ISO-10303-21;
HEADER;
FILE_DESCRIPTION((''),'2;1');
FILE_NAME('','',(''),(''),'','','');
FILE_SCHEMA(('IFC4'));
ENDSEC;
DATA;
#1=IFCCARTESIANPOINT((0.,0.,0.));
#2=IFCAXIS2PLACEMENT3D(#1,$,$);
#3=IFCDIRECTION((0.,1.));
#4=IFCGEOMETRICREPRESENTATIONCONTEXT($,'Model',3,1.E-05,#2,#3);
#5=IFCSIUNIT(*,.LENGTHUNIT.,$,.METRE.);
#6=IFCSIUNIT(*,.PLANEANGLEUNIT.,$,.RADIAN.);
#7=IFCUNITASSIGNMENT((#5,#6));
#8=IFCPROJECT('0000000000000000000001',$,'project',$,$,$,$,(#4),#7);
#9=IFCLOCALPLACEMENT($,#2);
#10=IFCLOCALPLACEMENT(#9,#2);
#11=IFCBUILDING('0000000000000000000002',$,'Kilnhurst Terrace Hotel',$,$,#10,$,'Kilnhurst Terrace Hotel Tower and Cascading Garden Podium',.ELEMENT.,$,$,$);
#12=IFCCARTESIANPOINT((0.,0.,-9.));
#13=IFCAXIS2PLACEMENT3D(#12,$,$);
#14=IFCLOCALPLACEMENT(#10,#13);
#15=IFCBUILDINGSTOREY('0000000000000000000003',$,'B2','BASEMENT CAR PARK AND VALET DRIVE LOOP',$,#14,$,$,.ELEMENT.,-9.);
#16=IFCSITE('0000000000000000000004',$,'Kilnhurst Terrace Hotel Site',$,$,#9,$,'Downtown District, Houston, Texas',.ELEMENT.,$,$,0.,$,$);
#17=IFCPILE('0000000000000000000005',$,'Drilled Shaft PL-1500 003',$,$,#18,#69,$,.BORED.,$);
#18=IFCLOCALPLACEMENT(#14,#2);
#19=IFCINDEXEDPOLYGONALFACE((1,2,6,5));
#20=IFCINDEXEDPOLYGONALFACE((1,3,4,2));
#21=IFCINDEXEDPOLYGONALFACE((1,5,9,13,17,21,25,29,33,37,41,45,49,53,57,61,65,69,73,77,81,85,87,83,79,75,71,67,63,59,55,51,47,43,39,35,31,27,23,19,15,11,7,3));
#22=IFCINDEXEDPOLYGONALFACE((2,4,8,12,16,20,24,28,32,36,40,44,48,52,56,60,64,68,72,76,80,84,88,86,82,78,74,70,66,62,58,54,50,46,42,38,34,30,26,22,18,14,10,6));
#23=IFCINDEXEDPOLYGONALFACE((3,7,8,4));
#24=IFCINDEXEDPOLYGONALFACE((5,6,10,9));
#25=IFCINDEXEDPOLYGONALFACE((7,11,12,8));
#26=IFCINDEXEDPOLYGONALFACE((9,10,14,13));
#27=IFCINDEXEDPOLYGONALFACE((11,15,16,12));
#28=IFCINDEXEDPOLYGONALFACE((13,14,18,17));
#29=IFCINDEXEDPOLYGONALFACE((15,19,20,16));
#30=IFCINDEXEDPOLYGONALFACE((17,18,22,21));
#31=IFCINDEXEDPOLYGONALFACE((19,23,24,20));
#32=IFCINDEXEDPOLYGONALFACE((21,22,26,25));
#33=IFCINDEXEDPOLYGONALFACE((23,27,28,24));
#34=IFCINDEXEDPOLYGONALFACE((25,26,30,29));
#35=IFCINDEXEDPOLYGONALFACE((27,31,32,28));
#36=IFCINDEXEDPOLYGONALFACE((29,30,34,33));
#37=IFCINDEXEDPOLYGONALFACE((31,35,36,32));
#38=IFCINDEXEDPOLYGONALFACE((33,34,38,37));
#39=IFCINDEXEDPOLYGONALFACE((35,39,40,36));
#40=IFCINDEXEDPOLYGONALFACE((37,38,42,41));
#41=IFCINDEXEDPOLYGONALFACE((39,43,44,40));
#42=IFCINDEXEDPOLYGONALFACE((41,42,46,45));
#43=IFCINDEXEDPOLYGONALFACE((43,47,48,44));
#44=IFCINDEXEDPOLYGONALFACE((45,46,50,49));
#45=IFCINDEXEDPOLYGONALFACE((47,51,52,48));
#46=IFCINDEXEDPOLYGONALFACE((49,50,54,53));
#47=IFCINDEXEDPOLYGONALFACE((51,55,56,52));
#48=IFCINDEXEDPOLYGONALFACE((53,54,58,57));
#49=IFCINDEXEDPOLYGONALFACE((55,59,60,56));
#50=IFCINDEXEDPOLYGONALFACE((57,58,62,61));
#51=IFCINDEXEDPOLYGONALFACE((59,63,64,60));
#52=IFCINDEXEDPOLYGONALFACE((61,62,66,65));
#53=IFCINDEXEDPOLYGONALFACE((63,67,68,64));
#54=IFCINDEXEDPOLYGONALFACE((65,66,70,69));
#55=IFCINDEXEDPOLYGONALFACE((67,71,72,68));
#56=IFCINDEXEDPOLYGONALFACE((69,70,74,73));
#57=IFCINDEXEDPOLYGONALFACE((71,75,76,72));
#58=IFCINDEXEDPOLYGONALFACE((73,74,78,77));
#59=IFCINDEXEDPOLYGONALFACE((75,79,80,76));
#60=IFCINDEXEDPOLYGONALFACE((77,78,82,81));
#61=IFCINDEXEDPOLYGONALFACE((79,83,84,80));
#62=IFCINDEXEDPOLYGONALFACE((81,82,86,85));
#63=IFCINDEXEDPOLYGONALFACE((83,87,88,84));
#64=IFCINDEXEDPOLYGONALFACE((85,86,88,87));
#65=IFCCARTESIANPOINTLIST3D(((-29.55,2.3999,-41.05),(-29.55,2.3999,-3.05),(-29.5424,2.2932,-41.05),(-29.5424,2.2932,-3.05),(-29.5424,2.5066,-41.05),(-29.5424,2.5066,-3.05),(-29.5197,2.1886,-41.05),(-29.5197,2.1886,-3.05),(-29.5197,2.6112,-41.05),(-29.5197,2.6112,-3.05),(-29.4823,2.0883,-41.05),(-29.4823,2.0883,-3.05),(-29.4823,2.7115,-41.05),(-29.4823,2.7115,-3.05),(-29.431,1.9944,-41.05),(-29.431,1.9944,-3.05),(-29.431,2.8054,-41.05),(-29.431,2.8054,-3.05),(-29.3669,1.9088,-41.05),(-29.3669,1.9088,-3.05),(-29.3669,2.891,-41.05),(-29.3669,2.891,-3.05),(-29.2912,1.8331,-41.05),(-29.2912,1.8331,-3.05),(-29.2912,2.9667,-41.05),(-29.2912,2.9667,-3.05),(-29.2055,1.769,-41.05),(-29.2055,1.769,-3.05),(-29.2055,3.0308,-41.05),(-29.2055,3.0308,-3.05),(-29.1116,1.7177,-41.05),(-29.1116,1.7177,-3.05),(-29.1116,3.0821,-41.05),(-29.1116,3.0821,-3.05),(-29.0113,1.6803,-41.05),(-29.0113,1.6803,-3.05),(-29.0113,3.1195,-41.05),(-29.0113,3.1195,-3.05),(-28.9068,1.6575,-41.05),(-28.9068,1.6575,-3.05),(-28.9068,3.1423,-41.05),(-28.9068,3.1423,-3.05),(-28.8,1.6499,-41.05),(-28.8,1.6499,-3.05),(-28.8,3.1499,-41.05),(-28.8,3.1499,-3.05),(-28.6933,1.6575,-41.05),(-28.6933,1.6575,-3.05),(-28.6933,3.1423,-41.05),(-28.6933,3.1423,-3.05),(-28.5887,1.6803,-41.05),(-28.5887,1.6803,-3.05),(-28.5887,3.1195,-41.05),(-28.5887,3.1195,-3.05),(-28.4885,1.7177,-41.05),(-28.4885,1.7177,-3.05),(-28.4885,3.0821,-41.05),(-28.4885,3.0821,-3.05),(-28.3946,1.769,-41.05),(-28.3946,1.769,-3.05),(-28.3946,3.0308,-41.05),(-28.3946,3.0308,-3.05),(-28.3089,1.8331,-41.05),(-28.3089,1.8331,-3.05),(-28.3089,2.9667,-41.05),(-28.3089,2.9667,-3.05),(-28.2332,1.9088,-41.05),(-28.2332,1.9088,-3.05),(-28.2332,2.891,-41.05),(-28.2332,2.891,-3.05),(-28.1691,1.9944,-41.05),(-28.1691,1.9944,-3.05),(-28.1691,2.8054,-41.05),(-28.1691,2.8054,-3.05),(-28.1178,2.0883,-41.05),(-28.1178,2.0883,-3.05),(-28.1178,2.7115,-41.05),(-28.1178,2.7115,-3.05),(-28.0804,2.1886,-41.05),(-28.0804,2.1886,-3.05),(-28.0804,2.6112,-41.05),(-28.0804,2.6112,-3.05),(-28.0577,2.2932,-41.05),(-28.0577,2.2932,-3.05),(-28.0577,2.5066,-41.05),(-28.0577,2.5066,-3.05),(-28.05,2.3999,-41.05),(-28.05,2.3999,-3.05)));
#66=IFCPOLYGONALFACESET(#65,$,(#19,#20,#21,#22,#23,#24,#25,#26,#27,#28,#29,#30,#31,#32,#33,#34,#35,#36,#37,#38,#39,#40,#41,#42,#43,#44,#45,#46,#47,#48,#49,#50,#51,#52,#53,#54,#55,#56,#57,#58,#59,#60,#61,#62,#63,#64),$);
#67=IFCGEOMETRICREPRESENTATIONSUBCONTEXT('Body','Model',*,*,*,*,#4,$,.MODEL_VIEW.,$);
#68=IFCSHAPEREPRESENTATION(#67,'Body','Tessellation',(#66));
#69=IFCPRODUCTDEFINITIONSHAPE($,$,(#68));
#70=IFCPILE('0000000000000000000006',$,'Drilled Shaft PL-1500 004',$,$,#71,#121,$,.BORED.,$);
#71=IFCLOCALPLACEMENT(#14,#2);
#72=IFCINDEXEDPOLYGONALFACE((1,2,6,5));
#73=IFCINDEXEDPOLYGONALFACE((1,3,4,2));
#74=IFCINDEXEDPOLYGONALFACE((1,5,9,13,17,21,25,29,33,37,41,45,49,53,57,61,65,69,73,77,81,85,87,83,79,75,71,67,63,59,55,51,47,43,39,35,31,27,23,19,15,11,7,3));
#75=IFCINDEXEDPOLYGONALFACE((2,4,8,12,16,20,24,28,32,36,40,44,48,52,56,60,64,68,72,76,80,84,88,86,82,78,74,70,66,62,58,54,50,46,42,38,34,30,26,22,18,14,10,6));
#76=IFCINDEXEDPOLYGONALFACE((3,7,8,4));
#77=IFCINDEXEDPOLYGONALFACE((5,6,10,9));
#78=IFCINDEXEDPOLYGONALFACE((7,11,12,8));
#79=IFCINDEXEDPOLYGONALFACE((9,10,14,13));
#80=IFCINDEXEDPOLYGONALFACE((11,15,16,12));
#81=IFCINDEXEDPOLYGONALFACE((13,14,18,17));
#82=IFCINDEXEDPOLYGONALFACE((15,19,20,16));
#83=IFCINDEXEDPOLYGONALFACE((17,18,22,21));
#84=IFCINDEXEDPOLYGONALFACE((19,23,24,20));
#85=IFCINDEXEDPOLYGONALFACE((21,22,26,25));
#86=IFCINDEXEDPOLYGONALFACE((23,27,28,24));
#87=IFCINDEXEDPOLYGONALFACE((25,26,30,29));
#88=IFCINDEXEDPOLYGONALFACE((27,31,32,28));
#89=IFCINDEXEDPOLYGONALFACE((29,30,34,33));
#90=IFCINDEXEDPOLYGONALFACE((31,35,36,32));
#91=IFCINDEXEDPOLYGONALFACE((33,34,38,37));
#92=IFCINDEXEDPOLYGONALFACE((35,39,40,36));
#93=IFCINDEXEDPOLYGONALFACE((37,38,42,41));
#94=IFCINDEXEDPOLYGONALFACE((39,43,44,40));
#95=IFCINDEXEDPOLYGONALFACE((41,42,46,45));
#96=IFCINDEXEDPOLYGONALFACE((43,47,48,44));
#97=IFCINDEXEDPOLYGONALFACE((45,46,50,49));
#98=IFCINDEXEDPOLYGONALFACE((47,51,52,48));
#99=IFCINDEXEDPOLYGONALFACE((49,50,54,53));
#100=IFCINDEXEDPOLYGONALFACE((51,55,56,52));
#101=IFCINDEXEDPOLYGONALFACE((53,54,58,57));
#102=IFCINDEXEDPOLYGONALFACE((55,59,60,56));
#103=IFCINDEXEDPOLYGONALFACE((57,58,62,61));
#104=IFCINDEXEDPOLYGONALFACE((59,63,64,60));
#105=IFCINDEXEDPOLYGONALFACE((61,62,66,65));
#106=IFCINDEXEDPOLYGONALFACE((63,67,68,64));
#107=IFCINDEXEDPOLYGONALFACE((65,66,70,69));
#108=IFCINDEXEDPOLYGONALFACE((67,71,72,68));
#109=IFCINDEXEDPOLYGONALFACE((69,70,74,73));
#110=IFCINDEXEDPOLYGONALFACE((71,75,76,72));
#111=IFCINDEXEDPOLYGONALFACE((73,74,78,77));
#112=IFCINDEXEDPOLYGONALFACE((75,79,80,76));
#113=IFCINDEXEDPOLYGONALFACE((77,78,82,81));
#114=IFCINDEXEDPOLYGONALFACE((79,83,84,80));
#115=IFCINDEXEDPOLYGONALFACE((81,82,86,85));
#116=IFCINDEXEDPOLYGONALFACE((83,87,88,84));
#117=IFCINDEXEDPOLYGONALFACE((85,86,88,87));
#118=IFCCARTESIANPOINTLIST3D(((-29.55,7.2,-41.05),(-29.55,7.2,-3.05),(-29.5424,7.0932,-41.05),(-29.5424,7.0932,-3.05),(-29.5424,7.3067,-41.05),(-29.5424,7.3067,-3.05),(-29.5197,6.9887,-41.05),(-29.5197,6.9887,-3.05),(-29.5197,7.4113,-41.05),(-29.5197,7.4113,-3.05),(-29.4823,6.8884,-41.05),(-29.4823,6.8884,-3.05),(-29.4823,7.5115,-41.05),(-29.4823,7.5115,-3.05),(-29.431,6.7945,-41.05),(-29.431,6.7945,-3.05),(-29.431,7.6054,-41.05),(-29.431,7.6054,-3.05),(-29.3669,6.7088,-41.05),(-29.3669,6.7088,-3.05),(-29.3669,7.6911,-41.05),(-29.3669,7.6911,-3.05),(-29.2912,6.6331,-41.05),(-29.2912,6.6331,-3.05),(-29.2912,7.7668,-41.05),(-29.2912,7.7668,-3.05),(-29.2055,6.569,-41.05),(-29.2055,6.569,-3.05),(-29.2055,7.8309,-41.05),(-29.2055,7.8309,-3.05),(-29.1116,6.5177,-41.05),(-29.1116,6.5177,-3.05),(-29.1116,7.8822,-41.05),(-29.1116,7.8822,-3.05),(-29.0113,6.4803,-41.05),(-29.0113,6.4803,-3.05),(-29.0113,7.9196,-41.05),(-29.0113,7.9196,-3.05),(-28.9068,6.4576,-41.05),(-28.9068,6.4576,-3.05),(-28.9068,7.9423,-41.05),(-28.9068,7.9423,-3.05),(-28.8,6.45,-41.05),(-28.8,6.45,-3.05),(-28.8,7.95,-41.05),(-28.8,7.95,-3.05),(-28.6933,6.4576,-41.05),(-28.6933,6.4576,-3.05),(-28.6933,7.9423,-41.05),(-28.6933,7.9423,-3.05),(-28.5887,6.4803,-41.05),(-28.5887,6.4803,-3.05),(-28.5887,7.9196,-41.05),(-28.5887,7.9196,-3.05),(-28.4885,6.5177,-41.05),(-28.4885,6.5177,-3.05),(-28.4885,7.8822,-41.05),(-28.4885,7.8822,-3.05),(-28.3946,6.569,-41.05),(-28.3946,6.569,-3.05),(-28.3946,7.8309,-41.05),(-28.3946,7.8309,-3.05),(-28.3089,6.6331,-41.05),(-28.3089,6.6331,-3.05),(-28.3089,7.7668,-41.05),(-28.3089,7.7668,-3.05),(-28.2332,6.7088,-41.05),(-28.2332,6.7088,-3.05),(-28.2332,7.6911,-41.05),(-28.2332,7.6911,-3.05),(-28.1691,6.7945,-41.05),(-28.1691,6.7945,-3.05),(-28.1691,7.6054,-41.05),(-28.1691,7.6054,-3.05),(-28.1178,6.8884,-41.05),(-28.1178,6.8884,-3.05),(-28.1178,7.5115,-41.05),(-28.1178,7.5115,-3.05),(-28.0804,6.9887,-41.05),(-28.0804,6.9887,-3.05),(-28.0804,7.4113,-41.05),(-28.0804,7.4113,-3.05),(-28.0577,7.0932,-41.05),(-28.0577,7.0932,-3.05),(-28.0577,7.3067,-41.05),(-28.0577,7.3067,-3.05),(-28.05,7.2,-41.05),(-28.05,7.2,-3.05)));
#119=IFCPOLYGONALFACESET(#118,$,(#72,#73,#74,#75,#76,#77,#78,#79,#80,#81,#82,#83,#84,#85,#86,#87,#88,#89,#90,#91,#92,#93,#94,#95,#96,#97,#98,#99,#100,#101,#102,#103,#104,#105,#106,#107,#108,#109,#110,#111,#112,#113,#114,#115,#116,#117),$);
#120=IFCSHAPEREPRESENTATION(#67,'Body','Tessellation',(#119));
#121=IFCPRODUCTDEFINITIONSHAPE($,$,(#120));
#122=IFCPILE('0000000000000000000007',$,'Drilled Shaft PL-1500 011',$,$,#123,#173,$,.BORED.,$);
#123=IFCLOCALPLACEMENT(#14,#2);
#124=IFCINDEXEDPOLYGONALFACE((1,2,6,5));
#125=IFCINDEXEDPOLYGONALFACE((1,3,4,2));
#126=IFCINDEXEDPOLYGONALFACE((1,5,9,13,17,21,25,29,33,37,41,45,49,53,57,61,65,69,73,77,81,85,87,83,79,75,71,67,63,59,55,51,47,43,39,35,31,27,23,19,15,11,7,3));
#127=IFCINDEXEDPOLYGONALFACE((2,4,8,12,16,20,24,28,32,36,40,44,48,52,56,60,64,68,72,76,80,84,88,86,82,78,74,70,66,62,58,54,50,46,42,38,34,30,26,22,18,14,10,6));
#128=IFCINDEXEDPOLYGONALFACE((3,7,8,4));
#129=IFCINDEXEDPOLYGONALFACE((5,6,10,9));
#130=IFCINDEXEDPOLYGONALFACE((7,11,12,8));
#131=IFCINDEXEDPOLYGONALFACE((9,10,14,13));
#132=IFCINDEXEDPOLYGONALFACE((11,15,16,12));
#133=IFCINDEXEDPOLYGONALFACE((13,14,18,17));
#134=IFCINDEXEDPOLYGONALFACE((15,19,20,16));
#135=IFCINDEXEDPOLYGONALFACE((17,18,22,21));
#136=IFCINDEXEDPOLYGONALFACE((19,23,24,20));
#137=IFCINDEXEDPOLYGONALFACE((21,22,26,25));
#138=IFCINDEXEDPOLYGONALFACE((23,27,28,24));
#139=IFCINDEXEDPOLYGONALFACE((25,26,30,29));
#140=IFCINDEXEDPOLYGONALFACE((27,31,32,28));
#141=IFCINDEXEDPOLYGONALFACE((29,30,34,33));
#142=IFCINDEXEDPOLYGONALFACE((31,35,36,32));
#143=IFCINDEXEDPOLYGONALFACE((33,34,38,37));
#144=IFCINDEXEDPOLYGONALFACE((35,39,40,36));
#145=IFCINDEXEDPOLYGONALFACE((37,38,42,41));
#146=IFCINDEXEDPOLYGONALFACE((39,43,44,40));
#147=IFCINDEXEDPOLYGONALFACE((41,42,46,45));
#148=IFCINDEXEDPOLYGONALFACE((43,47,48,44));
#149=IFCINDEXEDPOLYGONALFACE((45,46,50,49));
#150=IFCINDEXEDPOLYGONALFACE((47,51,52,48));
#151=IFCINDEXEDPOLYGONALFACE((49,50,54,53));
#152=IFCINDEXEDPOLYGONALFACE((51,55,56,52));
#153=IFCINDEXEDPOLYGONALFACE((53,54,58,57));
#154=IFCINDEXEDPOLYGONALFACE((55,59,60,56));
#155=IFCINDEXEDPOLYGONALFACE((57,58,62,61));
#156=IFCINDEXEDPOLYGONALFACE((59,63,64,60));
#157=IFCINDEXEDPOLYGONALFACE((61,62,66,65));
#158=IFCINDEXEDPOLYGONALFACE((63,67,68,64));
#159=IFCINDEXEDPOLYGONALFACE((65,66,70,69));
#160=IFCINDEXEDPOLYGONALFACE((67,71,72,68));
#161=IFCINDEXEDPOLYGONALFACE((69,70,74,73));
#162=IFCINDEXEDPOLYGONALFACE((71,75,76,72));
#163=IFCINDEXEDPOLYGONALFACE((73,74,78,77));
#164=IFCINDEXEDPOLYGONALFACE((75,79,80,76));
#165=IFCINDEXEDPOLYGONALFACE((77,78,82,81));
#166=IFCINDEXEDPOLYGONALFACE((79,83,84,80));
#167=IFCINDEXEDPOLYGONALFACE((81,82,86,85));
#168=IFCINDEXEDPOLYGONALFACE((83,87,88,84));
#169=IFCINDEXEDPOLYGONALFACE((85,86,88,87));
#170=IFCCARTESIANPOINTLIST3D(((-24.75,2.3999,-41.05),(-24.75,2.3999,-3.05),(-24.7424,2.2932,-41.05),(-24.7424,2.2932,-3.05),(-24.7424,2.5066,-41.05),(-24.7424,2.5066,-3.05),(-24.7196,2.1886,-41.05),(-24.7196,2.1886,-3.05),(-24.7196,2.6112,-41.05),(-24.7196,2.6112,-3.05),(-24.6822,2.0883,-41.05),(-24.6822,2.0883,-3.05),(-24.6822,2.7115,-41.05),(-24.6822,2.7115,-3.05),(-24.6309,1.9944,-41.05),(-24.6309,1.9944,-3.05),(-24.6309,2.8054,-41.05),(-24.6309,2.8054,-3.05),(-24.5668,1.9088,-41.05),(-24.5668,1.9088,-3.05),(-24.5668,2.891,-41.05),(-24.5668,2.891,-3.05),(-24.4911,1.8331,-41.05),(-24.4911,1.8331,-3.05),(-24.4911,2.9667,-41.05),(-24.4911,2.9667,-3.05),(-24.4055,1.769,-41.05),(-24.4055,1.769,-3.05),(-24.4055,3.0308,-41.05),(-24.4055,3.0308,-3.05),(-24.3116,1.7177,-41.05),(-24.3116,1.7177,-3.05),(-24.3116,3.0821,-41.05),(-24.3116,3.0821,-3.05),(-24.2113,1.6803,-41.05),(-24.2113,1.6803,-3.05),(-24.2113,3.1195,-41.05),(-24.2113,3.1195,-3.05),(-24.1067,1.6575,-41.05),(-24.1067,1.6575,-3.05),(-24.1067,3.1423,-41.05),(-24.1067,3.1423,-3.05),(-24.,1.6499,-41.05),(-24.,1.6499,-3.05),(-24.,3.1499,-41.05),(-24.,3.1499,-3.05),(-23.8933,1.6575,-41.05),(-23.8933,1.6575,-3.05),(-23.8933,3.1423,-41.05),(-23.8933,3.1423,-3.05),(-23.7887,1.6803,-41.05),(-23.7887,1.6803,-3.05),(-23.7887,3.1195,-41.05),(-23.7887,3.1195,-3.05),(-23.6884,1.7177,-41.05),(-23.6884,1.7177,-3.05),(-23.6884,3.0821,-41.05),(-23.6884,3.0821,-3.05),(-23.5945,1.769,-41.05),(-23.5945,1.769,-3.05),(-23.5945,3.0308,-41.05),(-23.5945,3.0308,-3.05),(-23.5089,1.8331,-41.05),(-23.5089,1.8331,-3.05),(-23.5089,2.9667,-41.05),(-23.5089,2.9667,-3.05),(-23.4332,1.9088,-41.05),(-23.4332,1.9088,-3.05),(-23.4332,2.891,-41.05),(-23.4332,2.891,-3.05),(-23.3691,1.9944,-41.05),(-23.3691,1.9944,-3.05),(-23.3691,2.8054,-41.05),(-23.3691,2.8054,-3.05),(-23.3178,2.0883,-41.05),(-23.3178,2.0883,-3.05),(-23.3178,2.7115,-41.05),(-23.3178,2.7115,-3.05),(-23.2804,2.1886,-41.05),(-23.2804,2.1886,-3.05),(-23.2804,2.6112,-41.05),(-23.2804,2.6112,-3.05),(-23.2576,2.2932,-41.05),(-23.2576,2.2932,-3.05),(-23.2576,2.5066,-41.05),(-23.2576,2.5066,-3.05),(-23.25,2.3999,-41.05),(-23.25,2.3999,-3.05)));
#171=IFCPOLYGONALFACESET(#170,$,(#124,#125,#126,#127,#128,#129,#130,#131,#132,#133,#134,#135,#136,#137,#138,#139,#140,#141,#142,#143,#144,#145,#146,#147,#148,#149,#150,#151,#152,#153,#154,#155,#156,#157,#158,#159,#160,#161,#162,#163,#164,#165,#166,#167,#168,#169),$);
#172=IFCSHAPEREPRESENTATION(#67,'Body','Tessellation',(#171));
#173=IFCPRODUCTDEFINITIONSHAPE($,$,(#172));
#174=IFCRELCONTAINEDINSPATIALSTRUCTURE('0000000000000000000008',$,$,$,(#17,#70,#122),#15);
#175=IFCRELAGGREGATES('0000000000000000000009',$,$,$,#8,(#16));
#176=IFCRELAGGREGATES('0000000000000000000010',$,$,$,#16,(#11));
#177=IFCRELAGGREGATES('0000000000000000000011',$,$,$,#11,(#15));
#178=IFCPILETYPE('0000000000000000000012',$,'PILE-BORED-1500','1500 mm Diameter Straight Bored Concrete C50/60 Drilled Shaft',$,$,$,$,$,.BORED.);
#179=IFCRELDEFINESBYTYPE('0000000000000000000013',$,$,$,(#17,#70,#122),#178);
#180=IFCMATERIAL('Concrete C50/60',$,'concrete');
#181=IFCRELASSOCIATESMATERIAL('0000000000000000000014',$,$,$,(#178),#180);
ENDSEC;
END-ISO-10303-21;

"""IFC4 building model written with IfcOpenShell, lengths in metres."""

from ifc_helpers import new_model, si_unit, direction, frame, origin, origin_2d, place, context, subcontext, project, spatial, circle, extrude, material, material_profile, profile_set, type_object, element, save


model = new_model("IFC4")

# Units and contexts
model_context = context("Model", 3, precision=1e-05, world=origin(), true_north=direction((0.0, 1.0)))
body_context = subcontext(model_context, "Body", "Model", "MODEL_VIEW")
ifc_project = project(units=[si_unit("LENGTHUNIT", "METRE"), si_unit("PLANEANGLEUNIT", "RADIAN")], contexts=[model_context])

# Site, building, storey
site_placement = place(None, origin())
site = spatial("IfcSite", under=ifc_project, at=site_placement, Name="Kilnhurst Terrace Hotel Site", LongName="Downtown District, Houston, Texas", CompositionType="ELEMENT", RefElevation=0.0)
building_placement = place(site_placement, origin())
building = spatial("IfcBuilding", under=site, at=building_placement, Name="Kilnhurst Terrace Hotel", LongName="Kilnhurst Terrace Hotel Tower and Cascading Garden Podium", CompositionType="ELEMENT")
storey_placement = place(building_placement, frame((0.0, 0.0, -9.0)))
storey = spatial("IfcBuildingStorey", under=building, at=storey_placement, Name="B2", Description="BASEMENT CAR PARK AND VALET DRIVE LOOP", CompositionType="ELEMENT", Elevation=-9.0)

# Piles
ifc_material_1 = material(Name="Concrete C50/60", Category="concrete")
ifc_material_profile_1 = material_profile(ifc_material_1, circle(Radius=0.75, at=origin_2d()), Name="PILE1500")
ifc_profile_set_1 = profile_set([ifc_material_profile_1], Name="Concrete C50/60")
pile_type_1 = type_object("IfcPileType", Name="PILE-BORED-1500", Description="1500 mm Diameter Straight Bored Concrete C50/60 Drilled Shaft", PredefinedType="BORED", material=ifc_profile_set_1)
for number, where, z_axis, x_axis, name in (
    (1, (-28.8, 2.3999, -3.05), (0.0, 0.0, -1.0), (1.0, 0.0, 0.0), "Drilled Shaft PL-1500 003"),
    (2, (-28.8, 7.2, -3.05), (0.0, 0.0, -1.0), (1.0, 0.0, 0.0), "Drilled Shaft PL-1500 004"),
    (3, (-24.0, 2.3999, -3.05), (0.0, 0.0, -1.0), (1.0, 0.0, 0.0), "Drilled Shaft PL-1500 011"),
):
    element("IfcPile", number, at=place(storey_placement, frame(where, z_axis=z_axis, x_axis=x_axis)), inside=storey, type_object=pile_type_1, Name=name, PredefinedType="BORED", context=body_context, shape_type="SweptSolid", body=[
        extrude(circle(Radius=0.75, at=origin_2d()), origin(), (0.0, 0.0, 1.0), 38.0),
    ])

save(model, "model.ifc")
